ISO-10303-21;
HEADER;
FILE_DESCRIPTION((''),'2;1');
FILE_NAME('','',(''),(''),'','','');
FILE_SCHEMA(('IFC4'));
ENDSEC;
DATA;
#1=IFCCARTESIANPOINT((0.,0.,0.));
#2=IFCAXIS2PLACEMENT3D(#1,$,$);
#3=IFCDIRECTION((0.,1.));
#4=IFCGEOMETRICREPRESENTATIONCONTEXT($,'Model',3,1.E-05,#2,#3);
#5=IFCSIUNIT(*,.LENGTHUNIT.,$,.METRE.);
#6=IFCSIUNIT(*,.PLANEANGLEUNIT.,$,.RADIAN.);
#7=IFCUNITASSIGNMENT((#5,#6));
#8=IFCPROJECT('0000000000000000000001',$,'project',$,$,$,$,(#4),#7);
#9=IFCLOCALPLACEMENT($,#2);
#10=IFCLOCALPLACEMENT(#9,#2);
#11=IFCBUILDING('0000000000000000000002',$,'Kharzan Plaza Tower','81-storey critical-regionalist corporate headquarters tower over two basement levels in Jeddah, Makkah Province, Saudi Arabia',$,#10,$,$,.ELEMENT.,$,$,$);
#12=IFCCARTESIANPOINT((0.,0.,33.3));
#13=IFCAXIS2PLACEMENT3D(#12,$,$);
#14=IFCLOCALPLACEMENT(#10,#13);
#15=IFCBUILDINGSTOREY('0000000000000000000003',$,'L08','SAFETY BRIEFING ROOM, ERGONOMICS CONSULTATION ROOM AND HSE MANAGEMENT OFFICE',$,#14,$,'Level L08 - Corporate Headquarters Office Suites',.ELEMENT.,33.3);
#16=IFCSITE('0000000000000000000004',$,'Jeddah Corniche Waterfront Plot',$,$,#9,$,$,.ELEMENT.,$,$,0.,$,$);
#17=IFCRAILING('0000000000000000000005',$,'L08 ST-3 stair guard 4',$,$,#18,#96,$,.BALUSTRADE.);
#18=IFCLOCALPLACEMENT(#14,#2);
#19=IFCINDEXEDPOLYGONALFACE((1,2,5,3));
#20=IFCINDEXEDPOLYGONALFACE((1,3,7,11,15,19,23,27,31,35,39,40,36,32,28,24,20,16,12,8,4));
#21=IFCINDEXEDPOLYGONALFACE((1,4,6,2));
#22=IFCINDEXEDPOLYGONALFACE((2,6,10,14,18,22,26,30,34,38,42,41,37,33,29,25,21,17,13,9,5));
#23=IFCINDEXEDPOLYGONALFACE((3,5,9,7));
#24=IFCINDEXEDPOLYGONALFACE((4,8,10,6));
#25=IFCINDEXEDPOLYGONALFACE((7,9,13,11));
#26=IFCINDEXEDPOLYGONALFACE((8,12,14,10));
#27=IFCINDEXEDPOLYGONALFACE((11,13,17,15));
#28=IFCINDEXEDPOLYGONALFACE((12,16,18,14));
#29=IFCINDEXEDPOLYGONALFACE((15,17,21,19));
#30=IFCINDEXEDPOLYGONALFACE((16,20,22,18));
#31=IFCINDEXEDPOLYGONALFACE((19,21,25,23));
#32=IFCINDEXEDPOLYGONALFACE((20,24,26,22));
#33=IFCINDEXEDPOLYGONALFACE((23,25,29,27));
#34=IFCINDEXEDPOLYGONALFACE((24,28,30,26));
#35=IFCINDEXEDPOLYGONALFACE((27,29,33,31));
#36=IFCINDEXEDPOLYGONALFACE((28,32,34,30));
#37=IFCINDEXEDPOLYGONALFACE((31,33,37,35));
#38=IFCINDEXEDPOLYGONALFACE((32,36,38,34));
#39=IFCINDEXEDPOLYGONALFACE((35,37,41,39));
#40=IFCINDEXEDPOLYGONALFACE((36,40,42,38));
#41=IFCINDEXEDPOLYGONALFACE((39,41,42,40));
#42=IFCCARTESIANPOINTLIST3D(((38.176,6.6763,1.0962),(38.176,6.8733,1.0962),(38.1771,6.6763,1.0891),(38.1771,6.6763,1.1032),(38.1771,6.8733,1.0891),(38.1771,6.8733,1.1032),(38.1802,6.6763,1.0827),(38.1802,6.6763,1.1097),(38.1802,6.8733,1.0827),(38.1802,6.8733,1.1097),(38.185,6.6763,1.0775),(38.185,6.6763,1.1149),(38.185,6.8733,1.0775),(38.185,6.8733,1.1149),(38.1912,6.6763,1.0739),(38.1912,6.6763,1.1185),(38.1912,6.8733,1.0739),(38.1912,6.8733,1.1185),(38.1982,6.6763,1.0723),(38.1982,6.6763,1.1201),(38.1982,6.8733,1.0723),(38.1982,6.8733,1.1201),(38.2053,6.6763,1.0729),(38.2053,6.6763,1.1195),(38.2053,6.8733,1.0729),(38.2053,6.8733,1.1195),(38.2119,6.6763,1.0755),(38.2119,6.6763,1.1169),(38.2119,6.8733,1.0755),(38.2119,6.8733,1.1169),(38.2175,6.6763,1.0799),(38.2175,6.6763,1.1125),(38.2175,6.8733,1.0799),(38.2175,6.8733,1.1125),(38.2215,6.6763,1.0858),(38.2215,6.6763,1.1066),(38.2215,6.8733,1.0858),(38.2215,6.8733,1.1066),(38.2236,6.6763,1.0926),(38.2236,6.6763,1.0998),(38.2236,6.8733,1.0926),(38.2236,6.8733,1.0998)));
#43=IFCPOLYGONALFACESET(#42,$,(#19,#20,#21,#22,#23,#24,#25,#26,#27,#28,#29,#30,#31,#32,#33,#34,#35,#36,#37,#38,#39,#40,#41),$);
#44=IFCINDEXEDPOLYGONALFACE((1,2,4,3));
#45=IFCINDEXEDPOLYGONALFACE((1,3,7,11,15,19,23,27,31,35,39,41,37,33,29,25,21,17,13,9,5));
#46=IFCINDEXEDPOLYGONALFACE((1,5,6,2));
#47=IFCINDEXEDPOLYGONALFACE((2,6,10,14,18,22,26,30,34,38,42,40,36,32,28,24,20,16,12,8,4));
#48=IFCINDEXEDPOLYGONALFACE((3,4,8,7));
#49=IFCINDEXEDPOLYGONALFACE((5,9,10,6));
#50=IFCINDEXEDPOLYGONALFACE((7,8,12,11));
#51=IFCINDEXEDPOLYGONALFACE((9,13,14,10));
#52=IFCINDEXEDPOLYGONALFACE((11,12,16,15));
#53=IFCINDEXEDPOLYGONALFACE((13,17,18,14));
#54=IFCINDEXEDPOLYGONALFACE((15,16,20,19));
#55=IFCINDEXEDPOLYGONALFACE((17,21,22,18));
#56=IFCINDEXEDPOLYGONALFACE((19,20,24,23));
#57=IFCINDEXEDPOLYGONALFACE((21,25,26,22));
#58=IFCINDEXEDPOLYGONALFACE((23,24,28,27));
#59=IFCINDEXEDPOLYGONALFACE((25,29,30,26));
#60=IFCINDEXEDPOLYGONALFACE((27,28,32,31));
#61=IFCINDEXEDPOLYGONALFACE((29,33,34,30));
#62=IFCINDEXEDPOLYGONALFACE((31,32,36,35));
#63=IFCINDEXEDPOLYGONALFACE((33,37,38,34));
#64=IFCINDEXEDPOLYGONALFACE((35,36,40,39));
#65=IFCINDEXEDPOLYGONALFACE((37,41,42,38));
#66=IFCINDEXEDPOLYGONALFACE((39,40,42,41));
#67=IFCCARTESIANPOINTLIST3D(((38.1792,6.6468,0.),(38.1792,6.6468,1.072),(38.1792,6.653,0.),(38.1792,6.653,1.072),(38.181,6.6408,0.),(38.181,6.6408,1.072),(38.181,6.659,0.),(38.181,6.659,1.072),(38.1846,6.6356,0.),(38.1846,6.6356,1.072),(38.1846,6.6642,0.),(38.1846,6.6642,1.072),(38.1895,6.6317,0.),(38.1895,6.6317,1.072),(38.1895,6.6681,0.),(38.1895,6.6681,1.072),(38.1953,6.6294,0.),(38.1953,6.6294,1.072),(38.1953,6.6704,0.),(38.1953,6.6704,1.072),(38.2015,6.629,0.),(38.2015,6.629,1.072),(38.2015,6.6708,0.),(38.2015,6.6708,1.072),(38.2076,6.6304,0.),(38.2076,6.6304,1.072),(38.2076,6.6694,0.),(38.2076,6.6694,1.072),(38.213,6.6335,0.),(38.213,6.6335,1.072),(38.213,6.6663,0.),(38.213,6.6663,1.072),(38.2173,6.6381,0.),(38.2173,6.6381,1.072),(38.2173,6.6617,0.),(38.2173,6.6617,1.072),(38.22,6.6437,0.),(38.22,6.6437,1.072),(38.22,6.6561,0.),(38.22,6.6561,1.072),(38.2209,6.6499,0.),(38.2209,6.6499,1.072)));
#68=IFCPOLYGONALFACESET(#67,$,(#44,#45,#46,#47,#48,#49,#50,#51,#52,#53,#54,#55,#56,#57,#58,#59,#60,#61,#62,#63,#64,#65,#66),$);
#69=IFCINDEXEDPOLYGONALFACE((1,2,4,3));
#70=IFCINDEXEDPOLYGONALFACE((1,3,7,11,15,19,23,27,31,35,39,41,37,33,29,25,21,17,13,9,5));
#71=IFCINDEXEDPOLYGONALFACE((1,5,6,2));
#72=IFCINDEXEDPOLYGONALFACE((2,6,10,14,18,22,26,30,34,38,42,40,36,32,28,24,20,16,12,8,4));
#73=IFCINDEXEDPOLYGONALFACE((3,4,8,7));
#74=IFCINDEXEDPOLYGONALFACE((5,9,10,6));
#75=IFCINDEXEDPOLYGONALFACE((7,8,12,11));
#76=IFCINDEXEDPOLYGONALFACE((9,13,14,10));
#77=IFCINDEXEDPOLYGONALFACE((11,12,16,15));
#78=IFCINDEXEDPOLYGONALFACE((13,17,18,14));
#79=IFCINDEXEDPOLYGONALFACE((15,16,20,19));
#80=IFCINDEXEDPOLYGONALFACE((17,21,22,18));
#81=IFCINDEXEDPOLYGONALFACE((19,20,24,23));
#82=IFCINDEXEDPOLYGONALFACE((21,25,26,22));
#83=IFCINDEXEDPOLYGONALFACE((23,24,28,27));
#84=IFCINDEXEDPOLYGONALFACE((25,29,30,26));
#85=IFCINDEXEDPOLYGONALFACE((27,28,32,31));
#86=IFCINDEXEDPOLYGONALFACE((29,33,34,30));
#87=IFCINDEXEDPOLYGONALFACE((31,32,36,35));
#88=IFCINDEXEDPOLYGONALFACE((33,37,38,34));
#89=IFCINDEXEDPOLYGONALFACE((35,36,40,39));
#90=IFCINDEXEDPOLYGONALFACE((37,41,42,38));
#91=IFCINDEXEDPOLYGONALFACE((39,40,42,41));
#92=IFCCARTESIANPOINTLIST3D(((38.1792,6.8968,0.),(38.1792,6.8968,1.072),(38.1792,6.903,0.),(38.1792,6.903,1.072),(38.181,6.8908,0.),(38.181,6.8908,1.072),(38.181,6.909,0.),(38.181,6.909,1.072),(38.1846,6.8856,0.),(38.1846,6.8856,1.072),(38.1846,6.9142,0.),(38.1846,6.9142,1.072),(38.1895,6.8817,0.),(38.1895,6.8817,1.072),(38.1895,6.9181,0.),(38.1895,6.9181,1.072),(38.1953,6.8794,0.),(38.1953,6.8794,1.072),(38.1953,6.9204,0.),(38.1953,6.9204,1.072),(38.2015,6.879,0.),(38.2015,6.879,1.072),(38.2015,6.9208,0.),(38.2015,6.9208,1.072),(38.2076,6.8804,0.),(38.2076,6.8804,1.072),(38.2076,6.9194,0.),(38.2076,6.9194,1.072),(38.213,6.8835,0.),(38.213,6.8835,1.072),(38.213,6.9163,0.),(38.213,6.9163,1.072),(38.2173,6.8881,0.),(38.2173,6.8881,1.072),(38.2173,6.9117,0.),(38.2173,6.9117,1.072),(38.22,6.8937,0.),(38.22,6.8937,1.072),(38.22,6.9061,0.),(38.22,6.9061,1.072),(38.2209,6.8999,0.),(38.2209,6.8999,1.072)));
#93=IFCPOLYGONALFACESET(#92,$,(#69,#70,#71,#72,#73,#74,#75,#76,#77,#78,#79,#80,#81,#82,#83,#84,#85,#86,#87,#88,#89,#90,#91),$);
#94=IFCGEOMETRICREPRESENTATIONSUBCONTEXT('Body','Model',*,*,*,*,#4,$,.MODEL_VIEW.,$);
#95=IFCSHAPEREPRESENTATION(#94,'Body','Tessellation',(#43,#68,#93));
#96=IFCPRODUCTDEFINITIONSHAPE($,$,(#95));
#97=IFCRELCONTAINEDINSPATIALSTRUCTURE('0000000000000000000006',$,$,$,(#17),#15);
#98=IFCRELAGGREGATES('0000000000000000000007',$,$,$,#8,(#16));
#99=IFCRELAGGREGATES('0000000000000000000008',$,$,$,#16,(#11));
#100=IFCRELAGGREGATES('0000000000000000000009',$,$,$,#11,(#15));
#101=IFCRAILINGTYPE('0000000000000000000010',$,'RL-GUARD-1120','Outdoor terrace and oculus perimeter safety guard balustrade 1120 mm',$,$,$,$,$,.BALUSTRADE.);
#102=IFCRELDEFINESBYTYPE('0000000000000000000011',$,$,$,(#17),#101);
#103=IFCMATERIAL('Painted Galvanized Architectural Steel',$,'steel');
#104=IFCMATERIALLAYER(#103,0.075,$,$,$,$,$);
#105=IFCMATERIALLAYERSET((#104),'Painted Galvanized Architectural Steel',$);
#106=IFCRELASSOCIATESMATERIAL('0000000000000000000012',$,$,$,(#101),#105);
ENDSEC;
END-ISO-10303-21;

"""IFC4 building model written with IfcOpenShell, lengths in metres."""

from ifc_helpers import new_model, si_unit, direction, frame, origin, origin_2d, place, context, subcontext, project, spatial, circle, extrude, source, transform, mapped, material, layer, layer_set, type_object, element, save


model = new_model("IFC4")

# Units and contexts
model_context = context("Model", 3, precision=1e-05, world=origin(), true_north=direction((0.0, 1.0)))
body_context = subcontext(model_context, "Body", "Model", "MODEL_VIEW")
ifc_project = project(units=[si_unit("LENGTHUNIT", "METRE"), si_unit("PLANEANGLEUNIT", "RADIAN")], contexts=[model_context])

# Site, building, storey
site_placement = place(None, origin())
site = spatial("IfcSite", under=ifc_project, at=site_placement, Name="Jeddah Corniche Waterfront Plot", CompositionType="ELEMENT", RefElevation=0.0)
building_placement = place(site_placement, origin())
building = spatial("IfcBuilding", under=site, at=building_placement, Name="Kharzan Plaza Tower", Description="81-storey critical-regionalist corporate headquarters tower over two basement levels in Jeddah, Makkah Province, Saudi Arabia", CompositionType="ELEMENT")
storey_placement = place(building_placement, frame((0.0, 0.0, 33.3)))
storey = spatial("IfcBuildingStorey", under=building, at=storey_placement, Name="L08", Description="SAFETY BRIEFING ROOM, ERGONOMICS CONSULTATION ROOM AND HSE MANAGEMENT OFFICE", LongName="Level L08 - Corporate Headquarters Office Suites", CompositionType="ELEMENT", Elevation=33.3)

# Railing
ifc_material_1 = material(Name="Painted Galvanized Architectural Steel", Category="steel")
ifc_layer_1 = layer(ifc_material_1, 0.075)
ifc_layer_set_1 = layer_set([ifc_layer_1], Name="Painted Galvanized Architectural Steel")
railing_type_1 = type_object("IfcRailingType", Name="RL-GUARD-1120", Description="Outdoor terrace and oculus perimeter safety guard balustrade 1120 mm", PredefinedType="BALUSTRADE", material=ifc_layer_set_1)
shared_shape_1 = source(origin(), body_context, "Body", "SweptSolid", [
    extrude(circle(Radius=0.0239, at=origin_2d()), frame((0.0, 0.0264, 1.0962), z_axis=(0.0, 1.0, 0.0), x_axis=(-1.0, 0.0, 0.0)), (0.0, 0.0, 1.0), 0.197),
    extrude(circle(Radius=0.021, at=origin_2d()), origin(), (0.0, 0.0, 1.0), 1.072),
    extrude(circle(Radius=0.021, at=origin_2d()), frame((0.0, 0.25, 0.0)), (0.0, 0.0, 1.0), 1.072),
])
for number, where, name in (
    (1, (38.2, 6.6499, 0.0), "L08 ST-3 stair guard 4"),
):
    element("IfcRailing", number, at=place(storey_placement, frame(where)), inside=storey, type_object=railing_type_1, Name=name, PredefinedType="BALUSTRADE", context=body_context, shape_type="MappedRepresentation", body=[
        mapped(shared_shape_1, transform((0.0, 0.0, 0.0), x_axis=(1.0, 0.0, 0.0), y_axis=(0.0, 1.0, 0.0), z_axis=(0.0, 0.0, 1.0))),
    ])

save(model, "model.ifc")
